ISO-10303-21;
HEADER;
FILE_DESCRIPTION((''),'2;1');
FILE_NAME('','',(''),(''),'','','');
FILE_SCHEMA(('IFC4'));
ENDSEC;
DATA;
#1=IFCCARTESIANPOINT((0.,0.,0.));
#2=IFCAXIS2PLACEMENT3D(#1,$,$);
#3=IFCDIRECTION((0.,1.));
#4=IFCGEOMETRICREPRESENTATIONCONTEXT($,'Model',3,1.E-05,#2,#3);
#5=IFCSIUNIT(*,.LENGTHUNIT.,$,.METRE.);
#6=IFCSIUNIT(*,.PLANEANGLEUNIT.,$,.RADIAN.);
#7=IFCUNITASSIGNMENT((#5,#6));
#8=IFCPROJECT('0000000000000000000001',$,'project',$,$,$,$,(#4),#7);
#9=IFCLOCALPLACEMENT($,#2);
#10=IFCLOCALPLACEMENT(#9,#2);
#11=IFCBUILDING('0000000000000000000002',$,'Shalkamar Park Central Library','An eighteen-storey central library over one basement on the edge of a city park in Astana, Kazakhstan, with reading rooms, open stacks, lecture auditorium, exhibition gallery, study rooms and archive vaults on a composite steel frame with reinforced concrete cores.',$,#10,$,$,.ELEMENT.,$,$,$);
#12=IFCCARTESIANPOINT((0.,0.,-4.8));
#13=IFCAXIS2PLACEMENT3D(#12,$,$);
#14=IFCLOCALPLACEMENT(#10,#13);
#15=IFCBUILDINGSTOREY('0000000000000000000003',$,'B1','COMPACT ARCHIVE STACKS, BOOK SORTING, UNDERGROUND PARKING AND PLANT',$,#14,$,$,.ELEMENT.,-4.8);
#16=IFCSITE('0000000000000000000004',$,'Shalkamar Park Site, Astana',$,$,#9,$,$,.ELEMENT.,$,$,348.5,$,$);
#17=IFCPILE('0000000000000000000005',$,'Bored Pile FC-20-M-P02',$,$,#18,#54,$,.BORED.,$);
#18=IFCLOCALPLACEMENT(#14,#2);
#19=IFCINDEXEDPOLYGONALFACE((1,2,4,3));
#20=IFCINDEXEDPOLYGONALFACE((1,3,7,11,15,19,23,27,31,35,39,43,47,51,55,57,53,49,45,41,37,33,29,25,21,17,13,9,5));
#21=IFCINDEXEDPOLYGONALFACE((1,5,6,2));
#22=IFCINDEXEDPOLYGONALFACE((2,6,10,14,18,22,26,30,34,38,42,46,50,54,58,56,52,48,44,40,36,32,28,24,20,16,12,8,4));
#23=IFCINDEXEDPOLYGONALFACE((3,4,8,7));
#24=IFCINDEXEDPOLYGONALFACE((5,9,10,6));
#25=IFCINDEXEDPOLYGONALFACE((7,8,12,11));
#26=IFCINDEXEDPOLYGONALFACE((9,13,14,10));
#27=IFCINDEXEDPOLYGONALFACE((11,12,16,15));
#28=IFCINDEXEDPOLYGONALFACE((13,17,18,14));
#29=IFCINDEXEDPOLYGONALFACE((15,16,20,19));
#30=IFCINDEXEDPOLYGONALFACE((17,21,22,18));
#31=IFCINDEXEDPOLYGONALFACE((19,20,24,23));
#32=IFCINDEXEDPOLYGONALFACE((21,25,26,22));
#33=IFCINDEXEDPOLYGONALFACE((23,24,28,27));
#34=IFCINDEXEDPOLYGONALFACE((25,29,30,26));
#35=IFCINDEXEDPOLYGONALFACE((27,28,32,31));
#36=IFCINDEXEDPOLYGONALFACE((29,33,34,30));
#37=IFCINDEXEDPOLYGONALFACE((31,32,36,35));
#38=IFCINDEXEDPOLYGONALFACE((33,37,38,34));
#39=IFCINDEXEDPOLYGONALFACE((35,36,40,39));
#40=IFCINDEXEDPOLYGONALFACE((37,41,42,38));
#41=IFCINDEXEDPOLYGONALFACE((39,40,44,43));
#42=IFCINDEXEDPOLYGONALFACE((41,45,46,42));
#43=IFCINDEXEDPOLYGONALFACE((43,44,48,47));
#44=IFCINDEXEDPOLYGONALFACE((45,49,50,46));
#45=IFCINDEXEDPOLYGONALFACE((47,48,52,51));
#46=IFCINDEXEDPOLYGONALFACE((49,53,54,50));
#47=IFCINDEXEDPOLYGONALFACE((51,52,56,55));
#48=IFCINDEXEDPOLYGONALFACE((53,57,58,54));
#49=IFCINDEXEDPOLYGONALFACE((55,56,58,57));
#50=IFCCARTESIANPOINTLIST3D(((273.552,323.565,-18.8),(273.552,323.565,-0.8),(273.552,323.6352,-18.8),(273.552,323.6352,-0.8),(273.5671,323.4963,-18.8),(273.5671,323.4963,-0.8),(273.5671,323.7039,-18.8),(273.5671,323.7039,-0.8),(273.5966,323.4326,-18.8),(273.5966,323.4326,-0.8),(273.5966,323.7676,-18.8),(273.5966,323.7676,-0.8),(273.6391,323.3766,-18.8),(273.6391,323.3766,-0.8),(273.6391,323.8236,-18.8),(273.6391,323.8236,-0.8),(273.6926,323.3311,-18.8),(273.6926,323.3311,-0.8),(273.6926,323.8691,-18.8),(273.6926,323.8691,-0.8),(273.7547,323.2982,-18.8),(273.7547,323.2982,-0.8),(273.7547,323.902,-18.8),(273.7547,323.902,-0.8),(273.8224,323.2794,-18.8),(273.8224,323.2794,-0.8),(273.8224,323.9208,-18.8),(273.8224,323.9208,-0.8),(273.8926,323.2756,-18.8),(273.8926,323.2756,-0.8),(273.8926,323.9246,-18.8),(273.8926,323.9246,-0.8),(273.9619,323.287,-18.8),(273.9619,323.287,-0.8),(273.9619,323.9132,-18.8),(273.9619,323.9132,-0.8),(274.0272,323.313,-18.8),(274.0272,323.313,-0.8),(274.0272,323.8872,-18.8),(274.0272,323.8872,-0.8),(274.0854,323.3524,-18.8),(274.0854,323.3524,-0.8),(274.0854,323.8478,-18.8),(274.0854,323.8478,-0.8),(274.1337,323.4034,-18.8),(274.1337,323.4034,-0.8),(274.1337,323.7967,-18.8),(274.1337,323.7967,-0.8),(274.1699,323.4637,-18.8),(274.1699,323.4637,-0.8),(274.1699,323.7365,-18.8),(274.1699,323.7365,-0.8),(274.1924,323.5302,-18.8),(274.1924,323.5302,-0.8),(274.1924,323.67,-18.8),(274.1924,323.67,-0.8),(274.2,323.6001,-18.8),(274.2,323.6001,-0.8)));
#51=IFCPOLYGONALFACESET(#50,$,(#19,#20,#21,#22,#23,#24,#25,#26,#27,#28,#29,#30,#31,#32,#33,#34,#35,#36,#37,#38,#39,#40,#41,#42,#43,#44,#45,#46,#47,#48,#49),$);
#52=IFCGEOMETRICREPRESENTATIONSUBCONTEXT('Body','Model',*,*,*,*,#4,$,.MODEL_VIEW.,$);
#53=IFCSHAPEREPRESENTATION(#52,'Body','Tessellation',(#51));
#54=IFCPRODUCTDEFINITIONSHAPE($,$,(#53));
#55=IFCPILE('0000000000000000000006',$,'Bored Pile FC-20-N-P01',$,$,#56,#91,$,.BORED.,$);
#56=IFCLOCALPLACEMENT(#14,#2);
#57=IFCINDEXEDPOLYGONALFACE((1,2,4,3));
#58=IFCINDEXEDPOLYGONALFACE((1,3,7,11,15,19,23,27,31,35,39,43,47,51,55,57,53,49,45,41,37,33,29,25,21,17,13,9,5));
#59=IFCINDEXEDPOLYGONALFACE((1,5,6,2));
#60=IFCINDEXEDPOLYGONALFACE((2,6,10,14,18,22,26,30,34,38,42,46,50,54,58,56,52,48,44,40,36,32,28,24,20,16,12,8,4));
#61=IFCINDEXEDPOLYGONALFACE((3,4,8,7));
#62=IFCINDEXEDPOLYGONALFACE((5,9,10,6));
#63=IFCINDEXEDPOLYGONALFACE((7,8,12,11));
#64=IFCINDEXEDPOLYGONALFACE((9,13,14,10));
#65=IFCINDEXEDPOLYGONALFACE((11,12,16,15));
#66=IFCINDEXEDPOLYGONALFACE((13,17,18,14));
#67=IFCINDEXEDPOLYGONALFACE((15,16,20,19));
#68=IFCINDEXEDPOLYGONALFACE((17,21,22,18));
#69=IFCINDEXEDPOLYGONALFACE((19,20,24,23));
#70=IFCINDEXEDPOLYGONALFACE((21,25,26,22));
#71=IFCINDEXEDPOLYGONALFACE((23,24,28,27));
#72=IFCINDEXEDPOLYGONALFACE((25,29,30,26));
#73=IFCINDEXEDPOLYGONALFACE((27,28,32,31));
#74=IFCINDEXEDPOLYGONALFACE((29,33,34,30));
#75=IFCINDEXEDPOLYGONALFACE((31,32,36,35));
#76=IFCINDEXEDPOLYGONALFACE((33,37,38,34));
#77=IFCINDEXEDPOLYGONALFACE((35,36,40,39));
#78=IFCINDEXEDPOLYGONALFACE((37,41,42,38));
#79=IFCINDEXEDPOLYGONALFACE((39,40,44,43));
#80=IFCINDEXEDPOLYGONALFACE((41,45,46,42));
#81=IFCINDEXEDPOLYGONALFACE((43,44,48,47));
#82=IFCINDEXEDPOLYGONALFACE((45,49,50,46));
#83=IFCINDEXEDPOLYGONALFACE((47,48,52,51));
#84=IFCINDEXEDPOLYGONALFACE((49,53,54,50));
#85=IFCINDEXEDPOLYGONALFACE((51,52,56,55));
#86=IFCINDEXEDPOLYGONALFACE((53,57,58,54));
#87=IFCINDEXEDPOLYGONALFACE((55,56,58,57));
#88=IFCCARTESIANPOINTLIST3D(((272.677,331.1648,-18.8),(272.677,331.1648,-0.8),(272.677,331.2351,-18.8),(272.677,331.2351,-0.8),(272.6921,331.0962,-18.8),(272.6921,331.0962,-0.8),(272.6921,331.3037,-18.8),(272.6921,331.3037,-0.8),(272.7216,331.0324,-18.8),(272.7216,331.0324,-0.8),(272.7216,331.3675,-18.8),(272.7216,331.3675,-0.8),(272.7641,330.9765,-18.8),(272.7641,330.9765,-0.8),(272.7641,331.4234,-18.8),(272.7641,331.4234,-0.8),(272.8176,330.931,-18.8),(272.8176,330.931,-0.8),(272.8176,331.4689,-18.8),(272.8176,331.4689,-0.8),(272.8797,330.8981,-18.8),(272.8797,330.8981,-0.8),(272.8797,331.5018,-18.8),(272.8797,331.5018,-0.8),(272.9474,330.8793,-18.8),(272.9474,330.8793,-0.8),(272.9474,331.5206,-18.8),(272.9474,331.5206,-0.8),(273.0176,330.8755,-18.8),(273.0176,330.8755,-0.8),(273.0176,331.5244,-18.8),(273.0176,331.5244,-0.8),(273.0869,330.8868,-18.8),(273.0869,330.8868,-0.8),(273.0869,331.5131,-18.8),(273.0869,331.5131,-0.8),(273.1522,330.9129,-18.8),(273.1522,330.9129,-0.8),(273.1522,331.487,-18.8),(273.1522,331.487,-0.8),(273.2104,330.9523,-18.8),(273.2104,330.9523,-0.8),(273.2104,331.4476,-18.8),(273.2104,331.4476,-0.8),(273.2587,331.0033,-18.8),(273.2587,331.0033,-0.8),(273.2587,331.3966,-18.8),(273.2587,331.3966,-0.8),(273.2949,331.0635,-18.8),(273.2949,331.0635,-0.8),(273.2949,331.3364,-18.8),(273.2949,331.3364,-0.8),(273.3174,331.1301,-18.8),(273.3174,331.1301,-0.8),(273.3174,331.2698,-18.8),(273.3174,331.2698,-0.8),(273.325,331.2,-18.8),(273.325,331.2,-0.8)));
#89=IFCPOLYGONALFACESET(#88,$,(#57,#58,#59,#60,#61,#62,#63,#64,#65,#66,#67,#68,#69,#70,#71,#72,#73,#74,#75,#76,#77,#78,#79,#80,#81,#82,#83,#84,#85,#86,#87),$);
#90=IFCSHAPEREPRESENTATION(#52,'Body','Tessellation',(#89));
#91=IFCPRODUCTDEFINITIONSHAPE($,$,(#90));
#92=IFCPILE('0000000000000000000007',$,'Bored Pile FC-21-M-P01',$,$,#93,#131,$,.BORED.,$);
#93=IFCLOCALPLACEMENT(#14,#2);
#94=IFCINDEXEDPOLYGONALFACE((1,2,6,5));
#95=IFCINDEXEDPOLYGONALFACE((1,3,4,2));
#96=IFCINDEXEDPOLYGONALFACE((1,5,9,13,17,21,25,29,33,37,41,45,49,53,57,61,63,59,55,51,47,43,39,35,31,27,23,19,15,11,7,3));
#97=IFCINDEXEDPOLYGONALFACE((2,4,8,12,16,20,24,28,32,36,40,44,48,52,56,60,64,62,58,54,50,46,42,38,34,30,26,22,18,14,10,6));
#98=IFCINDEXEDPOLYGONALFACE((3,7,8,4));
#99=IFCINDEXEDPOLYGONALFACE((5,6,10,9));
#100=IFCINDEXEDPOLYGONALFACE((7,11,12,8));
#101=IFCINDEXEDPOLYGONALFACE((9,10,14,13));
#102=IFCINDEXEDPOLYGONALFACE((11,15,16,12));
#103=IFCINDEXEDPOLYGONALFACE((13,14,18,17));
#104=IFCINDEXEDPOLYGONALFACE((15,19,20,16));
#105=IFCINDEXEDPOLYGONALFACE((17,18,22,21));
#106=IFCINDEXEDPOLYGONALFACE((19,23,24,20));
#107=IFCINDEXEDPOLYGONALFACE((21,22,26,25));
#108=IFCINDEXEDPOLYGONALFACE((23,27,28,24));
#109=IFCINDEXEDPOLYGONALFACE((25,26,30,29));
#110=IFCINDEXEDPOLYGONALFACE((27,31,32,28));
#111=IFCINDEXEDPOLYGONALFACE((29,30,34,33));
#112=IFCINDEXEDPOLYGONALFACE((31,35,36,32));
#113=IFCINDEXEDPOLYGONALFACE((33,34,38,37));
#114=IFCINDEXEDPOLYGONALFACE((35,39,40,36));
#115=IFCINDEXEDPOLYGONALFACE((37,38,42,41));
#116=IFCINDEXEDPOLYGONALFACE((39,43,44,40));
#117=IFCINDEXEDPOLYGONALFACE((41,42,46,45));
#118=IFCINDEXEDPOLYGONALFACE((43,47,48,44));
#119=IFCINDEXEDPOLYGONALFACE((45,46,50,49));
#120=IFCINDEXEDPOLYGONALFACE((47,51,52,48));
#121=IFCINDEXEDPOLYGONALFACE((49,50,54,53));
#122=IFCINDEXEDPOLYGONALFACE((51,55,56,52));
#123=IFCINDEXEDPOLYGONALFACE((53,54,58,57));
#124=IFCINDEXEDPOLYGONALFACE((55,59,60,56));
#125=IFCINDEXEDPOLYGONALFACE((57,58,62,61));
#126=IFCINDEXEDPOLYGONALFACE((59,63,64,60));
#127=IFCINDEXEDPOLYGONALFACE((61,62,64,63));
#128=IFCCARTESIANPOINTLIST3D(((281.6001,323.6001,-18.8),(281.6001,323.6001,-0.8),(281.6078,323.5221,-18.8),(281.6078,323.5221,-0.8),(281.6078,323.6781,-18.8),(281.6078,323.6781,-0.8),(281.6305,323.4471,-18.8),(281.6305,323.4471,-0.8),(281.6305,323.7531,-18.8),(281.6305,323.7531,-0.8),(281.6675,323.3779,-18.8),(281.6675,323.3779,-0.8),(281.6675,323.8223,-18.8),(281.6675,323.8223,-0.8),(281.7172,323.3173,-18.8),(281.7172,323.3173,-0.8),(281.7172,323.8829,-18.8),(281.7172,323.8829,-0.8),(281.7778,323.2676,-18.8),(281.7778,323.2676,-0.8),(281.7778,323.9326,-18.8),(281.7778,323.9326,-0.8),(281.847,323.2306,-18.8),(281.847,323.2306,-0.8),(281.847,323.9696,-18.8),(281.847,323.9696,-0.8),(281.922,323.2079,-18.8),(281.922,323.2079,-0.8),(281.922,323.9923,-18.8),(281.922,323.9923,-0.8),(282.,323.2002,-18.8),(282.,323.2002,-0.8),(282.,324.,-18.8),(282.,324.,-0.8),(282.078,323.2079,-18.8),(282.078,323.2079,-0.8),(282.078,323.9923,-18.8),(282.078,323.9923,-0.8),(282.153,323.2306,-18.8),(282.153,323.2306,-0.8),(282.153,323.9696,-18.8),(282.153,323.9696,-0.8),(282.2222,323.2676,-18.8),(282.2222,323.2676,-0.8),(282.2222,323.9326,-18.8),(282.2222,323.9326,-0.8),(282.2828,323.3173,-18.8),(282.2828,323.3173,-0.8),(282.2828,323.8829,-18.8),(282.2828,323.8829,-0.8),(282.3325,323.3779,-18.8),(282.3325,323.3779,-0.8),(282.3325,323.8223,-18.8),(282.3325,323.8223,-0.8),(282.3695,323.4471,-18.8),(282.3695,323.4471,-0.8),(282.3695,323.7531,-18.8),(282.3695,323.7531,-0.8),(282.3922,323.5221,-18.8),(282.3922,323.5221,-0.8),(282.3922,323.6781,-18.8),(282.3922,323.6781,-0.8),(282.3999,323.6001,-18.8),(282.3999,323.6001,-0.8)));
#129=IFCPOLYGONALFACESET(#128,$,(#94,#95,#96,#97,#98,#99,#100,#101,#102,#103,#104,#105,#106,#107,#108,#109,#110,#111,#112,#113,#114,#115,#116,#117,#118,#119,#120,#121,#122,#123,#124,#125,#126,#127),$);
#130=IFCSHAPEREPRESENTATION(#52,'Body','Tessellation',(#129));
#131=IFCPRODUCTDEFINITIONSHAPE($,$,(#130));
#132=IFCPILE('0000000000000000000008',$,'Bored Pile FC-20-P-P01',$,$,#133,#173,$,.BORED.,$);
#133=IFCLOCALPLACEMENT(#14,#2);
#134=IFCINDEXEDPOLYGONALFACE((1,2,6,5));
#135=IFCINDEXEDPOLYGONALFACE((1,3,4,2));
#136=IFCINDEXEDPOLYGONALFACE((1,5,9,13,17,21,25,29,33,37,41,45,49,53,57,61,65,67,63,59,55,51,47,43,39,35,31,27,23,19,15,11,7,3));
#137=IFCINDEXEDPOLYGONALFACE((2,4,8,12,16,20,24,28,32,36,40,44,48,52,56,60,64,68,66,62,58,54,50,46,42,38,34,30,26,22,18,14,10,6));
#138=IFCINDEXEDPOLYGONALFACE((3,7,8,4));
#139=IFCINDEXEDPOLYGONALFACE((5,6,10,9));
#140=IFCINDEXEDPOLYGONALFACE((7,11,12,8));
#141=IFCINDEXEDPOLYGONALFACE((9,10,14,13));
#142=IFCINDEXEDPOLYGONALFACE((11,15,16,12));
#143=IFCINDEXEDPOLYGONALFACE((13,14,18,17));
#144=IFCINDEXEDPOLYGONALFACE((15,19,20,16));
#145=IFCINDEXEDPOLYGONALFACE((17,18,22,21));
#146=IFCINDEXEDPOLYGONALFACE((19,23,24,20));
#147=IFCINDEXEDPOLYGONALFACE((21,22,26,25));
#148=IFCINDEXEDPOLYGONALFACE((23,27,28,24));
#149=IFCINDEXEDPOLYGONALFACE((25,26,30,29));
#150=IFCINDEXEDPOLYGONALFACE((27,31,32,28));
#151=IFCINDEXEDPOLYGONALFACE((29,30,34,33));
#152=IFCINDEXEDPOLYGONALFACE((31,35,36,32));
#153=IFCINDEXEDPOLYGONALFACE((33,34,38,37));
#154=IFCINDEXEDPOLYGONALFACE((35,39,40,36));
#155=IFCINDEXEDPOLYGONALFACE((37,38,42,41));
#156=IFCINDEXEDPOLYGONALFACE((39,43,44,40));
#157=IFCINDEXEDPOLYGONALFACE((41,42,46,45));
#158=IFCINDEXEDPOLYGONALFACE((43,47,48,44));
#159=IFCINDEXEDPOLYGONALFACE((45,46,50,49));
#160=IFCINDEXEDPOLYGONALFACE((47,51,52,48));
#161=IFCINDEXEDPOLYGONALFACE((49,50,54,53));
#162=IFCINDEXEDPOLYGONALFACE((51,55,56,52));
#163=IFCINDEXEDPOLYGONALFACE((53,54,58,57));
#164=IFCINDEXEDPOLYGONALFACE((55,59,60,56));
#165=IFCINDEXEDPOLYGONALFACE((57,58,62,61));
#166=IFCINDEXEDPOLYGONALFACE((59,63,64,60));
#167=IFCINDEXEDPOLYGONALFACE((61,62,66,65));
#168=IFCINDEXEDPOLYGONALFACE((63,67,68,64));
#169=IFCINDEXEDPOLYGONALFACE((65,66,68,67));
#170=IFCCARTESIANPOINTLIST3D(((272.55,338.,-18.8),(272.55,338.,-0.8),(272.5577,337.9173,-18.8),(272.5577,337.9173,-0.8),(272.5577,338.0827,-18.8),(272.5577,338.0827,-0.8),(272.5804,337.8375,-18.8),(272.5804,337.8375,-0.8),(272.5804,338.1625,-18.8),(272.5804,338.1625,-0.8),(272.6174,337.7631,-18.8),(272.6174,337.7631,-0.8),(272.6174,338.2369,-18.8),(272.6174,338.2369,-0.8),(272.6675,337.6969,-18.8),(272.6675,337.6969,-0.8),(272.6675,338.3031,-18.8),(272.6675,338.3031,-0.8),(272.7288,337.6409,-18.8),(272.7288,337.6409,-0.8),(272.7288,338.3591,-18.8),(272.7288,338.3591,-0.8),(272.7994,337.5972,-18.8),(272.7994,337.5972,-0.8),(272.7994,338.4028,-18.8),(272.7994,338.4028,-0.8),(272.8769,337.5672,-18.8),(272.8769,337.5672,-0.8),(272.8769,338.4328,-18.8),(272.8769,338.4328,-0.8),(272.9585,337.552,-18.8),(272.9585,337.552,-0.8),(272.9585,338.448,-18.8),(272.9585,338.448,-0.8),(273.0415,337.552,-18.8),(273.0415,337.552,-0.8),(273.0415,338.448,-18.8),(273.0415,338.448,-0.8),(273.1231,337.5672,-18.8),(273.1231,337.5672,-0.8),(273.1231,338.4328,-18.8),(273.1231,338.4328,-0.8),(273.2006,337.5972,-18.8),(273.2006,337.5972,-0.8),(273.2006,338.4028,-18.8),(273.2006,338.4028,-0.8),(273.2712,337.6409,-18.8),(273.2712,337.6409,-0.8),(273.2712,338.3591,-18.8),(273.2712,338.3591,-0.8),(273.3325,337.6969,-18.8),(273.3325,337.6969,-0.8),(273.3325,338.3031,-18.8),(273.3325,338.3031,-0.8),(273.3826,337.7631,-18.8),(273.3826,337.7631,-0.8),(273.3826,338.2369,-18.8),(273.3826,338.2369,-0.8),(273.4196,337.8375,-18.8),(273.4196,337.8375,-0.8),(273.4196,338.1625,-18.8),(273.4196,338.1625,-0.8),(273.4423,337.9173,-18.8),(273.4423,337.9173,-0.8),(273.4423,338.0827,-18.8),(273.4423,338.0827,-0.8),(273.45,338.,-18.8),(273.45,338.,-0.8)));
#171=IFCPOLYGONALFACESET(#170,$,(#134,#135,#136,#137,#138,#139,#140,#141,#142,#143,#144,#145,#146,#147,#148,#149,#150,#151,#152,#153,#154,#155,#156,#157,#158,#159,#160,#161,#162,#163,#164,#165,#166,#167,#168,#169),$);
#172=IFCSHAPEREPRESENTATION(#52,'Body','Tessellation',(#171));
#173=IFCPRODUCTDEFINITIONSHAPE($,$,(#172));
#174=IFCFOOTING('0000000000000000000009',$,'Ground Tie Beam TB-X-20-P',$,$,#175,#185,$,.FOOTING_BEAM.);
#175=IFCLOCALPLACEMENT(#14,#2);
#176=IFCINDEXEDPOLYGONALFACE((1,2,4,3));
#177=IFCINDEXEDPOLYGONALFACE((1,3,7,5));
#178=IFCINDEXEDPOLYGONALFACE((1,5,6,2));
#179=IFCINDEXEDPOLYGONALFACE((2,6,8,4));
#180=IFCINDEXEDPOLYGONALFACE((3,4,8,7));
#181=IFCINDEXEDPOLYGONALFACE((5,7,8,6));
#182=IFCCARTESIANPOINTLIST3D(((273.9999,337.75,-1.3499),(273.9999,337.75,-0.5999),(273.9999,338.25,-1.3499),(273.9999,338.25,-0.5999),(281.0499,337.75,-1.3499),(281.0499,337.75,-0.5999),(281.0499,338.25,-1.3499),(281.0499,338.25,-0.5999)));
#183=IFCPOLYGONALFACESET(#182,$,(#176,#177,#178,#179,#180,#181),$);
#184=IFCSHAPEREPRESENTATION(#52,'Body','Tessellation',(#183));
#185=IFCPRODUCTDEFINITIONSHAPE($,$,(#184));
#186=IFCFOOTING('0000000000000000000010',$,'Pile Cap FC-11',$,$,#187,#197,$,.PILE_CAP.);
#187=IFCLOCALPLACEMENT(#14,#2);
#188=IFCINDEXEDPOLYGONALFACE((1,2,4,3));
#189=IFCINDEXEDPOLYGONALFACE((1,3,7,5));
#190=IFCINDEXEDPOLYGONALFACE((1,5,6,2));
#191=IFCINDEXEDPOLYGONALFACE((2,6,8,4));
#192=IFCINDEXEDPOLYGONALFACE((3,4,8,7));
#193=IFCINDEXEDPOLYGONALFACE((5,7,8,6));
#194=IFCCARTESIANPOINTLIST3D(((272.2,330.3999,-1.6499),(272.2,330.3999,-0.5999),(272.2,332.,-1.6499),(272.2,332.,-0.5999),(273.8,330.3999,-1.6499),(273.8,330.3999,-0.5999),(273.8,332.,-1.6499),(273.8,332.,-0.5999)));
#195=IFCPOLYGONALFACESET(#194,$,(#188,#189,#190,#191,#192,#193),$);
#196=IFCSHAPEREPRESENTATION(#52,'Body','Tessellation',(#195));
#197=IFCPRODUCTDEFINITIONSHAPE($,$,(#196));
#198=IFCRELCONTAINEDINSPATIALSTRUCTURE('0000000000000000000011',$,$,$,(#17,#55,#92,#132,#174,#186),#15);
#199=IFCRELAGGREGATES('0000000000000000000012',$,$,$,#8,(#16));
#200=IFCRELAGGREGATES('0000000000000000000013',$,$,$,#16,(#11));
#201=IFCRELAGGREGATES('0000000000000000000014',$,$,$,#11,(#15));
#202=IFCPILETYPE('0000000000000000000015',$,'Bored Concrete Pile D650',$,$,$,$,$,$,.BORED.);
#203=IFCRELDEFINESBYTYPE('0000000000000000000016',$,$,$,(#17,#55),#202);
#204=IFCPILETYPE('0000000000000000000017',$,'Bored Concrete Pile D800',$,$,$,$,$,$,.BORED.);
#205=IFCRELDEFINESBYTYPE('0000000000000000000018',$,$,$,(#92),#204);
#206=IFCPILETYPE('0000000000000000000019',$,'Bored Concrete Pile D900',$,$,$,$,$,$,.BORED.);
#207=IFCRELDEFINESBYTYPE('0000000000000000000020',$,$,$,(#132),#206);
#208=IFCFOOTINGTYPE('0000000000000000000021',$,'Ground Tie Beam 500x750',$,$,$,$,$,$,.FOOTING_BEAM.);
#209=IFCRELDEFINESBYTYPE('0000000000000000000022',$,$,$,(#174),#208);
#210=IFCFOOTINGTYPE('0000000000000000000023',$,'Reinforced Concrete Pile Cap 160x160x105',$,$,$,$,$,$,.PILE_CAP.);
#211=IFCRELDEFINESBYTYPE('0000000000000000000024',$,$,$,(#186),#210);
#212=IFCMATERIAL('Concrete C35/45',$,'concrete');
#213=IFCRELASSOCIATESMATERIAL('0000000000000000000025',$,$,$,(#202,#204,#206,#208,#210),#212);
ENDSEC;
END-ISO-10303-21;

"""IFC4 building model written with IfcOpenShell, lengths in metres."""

from ifc_helpers import new_model, si_unit, direction, frame, origin, origin_2d, place, context, subcontext, project, spatial, rectangle, circle, extrude, material, material_profile, profile_set, type_object, element, save


model = new_model("IFC4")

# Units and contexts
model_context = context("Model", 3, precision=1e-05, world=origin(), true_north=direction((0.0, 1.0)))
body_context = subcontext(model_context, "Body", "Model", "MODEL_VIEW")
ifc_project = project(units=[si_unit("LENGTHUNIT", "METRE"), si_unit("PLANEANGLEUNIT", "RADIAN")], contexts=[model_context])

# Site, building, storey
site_placement = place(None, origin())
site = spatial("IfcSite", under=ifc_project, at=site_placement, Name="Shalkamar Park Site, Astana", CompositionType="ELEMENT", RefElevation=348.5)
building_placement = place(site_placement, origin())
building = spatial("IfcBuilding", under=site, at=building_placement, Name="Shalkamar Park Central Library", Description="An eighteen-storey central library over one basement on the edge of a city park in Astana, Kazakhstan, with reading rooms, open stacks, lecture auditorium, exhibition gallery, study rooms and archive vaults on a composite steel frame with reinforced concrete cores.", CompositionType="ELEMENT")
storey_placement = place(building_placement, frame((0.0, 0.0, -4.8)))
storey = spatial("IfcBuildingStorey", under=building, at=storey_placement, Name="B1", Description="COMPACT ARCHIVE STACKS, BOOK SORTING, UNDERGROUND PARKING AND PLANT", CompositionType="ELEMENT", Elevation=-4.8)

# Piles
ifc_material_1 = material(Name="Concrete C35/45", Category="concrete")
ifc_material_profile_1 = material_profile(ifc_material_1, circle(Radius=0.325, at=origin_2d()), Name="PILE D650")
ifc_profile_set_1 = profile_set([ifc_material_profile_1], Name="Concrete C35/45")
pile_type_1 = type_object("IfcPileType", Name="Bored Concrete Pile D650", PredefinedType="BORED", material=ifc_profile_set_1)
for number, where, z_axis, x_axis, name in (
    (1, (273.875, 323.6001, -0.8), (0.0, 0.0, -1.0), (1.0, 0.0, 0.0), "Bored Pile FC-20-M-P02"),
    (2, (273.0, 331.2, -0.8), (0.0, 0.0, -1.0), (1.0, 0.0, 0.0), "Bored Pile FC-20-N-P01"),
):
    element("IfcPile", number, at=place(storey_placement, frame(where, z_axis=z_axis, x_axis=x_axis)), inside=storey, type_object=pile_type_1, Name=name, PredefinedType="BORED", context=body_context, shape_type="SweptSolid", body=[
        extrude(circle(Radius=0.325, at=origin_2d()), origin(), (0.0, 0.0, 1.0), 18.0),
    ])
ifc_material_profile_2 = material_profile(ifc_material_1, circle(Radius=0.3999, at=origin_2d()), Name="PILE D800")
ifc_profile_set_2 = profile_set([ifc_material_profile_2], Name="Concrete C35/45")
pile_type_2 = type_object("IfcPileType", Name="Bored Concrete Pile D800", PredefinedType="BORED", material=ifc_profile_set_2)
pile_1_placement = place(storey_placement, frame((282.0, 323.6001, -0.8), z_axis=(0.0, 0.0, -1.0), x_axis=(1.0, 0.0, 0.0)))
element("IfcPile", 3, at=pile_1_placement, inside=storey, type_object=pile_type_2, Name="Bored Pile FC-21-M-P01", PredefinedType="BORED", context=body_context, shape_type="SweptSolid", body=[
    extrude(circle(Radius=0.3999, at=origin_2d()), origin(), (0.0, 0.0, 1.0), 18.0),
])
ifc_material_profile_3 = material_profile(ifc_material_1, circle(Radius=0.45, at=origin_2d()), Name="PILE D900")
ifc_profile_set_3 = profile_set([ifc_material_profile_3], Name="Concrete C35/45")
pile_type_3 = type_object("IfcPileType", Name="Bored Concrete Pile D900", PredefinedType="BORED", material=ifc_profile_set_3)
pile_2_placement = place(storey_placement, frame((273.0, 338.0, -0.8), z_axis=(0.0, 0.0, -1.0), x_axis=(1.0, 0.0, 0.0)))
element("IfcPile", 4, at=pile_2_placement, inside=storey, type_object=pile_type_3, Name="Bored Pile FC-20-P-P01", PredefinedType="BORED", context=body_context, shape_type="SweptSolid", body=[
    extrude(circle(Radius=0.45, at=origin_2d()), origin(), (0.0, 0.0, 1.0), 18.0),
])

# Footings
footing_type_1 = type_object("IfcFootingType", Name="Ground Tie Beam 500x750", PredefinedType="FOOTING_BEAM", material=ifc_material_1)
footing_1_placement = place(storey_placement, frame((277.5249, 338.0, -1.3499), z_axis=(0.0, 0.0, 1.0), x_axis=(1.0, 0.0, 0.0)))
element("IfcFooting", 5, at=footing_1_placement, inside=storey, type_object=footing_type_1, Name="Ground Tie Beam TB-X-20-P", PredefinedType="FOOTING_BEAM", context=body_context, shape_type="SweptSolid", body=[
    extrude(rectangle(XDim=7.05, YDim=0.5, at=origin_2d()), origin(), (0.0, 0.0, 1.0), 0.75),
])
footing_type_2 = type_object("IfcFootingType", Name="Reinforced Concrete Pile Cap 160x160x105", PredefinedType="PILE_CAP", material=ifc_material_1)
footing_2_placement = place(storey_placement, frame((273.0, 331.2, -1.6499), z_axis=(0.0, 0.0, 1.0), x_axis=(1.0, 0.0, 0.0)))
element("IfcFooting", 6, at=footing_2_placement, inside=storey, type_object=footing_type_2, Name="Pile Cap FC-11", PredefinedType="PILE_CAP", context=body_context, shape_type="SweptSolid", body=[
    extrude(rectangle(XDim=1.6001, YDim=1.6001, at=origin_2d()), origin(), (0.0, 0.0, 1.0), 1.05),
])

save(model, "model.ifc")
